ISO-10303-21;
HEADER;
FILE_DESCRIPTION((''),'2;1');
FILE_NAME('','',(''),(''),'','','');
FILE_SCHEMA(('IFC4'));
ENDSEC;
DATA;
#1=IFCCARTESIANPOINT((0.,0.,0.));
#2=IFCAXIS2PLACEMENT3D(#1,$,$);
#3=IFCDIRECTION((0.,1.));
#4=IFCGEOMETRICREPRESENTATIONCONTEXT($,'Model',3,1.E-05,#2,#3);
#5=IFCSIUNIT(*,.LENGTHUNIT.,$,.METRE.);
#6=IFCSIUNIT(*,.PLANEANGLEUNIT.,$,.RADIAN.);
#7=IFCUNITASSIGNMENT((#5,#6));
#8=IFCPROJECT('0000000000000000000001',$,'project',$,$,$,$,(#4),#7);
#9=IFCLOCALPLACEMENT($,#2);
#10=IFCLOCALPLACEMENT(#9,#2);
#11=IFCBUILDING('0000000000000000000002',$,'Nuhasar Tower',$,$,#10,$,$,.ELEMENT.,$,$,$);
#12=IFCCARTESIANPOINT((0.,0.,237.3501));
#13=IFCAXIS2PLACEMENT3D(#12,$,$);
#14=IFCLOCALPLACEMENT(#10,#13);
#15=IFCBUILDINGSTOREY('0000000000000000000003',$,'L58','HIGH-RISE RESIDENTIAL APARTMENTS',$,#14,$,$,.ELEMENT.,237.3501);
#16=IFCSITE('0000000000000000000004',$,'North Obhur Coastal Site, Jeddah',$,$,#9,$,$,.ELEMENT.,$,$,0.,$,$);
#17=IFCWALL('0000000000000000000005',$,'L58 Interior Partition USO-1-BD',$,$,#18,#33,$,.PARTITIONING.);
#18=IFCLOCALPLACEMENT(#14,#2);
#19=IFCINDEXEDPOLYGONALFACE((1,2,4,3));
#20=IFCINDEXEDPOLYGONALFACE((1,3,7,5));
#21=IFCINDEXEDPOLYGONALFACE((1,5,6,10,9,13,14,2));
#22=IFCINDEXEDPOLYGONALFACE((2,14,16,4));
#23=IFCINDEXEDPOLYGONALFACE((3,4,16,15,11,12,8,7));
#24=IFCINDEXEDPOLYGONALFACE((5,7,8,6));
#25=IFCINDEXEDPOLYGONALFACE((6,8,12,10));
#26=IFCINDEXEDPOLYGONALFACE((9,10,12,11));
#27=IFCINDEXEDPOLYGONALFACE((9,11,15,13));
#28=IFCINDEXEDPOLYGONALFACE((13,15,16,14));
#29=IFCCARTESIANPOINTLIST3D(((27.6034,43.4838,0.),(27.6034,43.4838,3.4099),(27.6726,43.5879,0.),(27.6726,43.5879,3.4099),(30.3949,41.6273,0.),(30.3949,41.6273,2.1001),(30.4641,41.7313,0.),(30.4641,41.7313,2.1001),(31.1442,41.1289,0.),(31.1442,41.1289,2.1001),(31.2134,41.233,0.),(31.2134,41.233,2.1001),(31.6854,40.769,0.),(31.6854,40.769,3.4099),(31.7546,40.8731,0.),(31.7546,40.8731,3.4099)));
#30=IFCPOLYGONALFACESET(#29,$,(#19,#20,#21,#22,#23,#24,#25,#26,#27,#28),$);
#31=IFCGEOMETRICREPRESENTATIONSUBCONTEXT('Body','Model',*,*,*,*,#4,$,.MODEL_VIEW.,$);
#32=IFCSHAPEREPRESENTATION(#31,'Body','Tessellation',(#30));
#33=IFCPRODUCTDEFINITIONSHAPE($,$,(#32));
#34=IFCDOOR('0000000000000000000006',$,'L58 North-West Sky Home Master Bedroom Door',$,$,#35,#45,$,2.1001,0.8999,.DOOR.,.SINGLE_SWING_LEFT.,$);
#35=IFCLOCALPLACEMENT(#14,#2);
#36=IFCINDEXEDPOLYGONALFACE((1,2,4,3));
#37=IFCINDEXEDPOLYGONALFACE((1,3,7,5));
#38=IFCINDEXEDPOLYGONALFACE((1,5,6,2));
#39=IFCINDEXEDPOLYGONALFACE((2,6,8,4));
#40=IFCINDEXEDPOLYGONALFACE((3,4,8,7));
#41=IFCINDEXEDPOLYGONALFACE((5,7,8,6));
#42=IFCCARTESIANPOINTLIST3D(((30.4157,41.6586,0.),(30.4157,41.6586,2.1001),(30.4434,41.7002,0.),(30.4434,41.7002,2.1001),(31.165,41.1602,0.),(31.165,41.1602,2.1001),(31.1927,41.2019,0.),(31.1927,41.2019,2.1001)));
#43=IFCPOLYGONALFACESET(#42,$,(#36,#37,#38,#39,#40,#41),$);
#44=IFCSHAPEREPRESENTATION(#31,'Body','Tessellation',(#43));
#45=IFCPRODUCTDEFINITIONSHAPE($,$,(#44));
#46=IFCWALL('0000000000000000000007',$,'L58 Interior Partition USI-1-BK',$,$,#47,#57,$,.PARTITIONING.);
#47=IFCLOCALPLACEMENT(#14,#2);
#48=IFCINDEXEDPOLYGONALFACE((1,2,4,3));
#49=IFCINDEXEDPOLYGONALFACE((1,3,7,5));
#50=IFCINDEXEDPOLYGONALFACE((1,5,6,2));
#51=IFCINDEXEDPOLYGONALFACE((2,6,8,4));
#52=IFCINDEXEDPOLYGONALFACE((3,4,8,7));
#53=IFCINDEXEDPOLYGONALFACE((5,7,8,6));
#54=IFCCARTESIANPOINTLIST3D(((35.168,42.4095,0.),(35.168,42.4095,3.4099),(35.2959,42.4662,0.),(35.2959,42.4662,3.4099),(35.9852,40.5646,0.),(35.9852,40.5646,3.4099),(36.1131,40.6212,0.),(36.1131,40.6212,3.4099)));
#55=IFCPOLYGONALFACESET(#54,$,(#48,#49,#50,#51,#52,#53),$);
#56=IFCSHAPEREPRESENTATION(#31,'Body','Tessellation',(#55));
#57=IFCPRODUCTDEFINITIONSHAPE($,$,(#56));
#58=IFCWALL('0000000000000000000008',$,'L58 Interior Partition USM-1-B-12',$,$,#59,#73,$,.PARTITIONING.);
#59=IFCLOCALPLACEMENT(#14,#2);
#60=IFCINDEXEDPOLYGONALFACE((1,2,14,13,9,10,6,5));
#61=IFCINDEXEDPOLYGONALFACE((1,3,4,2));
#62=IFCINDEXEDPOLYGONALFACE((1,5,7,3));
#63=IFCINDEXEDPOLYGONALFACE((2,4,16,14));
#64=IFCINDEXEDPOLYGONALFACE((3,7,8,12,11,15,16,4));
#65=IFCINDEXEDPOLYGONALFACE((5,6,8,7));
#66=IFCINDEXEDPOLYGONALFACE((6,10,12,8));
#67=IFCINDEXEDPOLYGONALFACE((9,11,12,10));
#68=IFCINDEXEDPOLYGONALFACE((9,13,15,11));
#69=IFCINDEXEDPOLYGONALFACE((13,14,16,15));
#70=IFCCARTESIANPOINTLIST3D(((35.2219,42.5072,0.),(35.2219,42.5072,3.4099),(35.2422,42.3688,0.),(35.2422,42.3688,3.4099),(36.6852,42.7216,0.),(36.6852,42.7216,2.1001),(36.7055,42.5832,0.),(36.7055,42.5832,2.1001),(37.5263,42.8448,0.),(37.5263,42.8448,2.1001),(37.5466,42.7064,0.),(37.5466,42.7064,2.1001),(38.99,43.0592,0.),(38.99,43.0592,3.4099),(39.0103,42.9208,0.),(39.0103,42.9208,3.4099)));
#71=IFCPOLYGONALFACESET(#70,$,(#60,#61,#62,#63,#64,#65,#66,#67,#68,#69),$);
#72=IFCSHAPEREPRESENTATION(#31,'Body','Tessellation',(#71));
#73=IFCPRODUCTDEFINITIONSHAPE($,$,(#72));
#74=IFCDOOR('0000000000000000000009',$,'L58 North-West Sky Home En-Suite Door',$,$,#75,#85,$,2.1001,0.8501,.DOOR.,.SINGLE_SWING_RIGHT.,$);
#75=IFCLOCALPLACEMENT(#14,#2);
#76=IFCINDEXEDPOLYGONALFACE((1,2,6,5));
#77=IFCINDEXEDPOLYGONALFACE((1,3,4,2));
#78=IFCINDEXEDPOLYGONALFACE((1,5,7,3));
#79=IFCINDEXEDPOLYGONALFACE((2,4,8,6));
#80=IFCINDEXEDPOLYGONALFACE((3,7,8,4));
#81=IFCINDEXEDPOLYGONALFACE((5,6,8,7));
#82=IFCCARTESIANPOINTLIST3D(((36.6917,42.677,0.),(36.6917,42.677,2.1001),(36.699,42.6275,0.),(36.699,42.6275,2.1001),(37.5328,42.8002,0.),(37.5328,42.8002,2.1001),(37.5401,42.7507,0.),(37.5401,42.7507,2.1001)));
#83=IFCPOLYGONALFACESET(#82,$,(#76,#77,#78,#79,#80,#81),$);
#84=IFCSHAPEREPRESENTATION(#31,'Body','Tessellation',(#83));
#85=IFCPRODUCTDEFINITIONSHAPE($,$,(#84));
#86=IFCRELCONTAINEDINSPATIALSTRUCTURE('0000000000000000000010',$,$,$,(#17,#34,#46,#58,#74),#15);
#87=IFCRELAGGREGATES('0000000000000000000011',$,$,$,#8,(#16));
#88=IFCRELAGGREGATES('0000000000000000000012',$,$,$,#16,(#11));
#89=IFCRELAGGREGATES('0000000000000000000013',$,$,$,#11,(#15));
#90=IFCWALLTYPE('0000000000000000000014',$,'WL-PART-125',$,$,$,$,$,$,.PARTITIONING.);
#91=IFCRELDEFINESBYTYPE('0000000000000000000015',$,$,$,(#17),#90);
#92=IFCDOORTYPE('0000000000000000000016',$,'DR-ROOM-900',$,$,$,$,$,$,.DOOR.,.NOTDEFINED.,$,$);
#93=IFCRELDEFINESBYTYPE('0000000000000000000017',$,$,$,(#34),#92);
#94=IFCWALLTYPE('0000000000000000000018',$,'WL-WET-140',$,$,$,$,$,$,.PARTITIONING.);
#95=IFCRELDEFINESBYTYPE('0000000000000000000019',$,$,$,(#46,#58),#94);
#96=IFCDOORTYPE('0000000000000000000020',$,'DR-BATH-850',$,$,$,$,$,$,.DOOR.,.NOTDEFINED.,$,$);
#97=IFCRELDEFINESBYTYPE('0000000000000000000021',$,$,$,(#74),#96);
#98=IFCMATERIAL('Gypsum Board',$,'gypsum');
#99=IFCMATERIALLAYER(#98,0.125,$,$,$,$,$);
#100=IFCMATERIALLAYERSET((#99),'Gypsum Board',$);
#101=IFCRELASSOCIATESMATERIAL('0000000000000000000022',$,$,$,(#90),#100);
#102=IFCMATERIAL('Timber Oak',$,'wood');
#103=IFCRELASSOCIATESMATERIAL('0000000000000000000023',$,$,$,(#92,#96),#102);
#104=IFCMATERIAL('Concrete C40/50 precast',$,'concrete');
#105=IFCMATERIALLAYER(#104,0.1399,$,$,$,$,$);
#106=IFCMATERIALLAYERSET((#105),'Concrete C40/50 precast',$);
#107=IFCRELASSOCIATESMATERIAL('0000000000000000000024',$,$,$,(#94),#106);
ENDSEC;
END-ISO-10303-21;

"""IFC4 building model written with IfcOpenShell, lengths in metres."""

from ifc_helpers import new_model, si_unit, direction, frame, frame_2d, origin, place, context, subcontext, project, spatial, rectangle, extrude, material, layer, layer_set, type_object, element, fill, save


model = new_model("IFC4")

# Units and contexts
model_context = context("Model", 3, precision=1e-05, world=origin(), true_north=direction((0.0, 1.0)))
body_context = subcontext(model_context, "Body", "Model", "MODEL_VIEW")
ifc_project = project(units=[si_unit("LENGTHUNIT", "METRE"), si_unit("PLANEANGLEUNIT", "RADIAN")], contexts=[model_context])

# Site, building, storey
site_placement = place(None, origin())
site = spatial("IfcSite", under=ifc_project, at=site_placement, Name="North Obhur Coastal Site, Jeddah", CompositionType="ELEMENT", RefElevation=0.0)
building_placement = place(site_placement, origin())
building = spatial("IfcBuilding", under=site, at=building_placement, Name="Nuhasar Tower", CompositionType="ELEMENT")
storey_placement = place(building_placement, frame((0.0, 0.0, 237.3501)))
storey = spatial("IfcBuildingStorey", under=building, at=storey_placement, Name="L58", Description="HIGH-RISE RESIDENTIAL APARTMENTS", CompositionType="ELEMENT", Elevation=237.3501)

# Shared definitions
ifc_material_1 = material(Name="Gypsum Board", Category="gypsum")

# Shared definitions
ifc_layer_1 = layer(ifc_material_1, 0.125)
ifc_layer_set_1 = layer_set([ifc_layer_1], Name="Gypsum Board")
wall_type_1 = type_object("IfcWallType", Name="WL-PART-125", PredefinedType="PARTITIONING", material=ifc_layer_set_1)
ifc_material_2 = material(Name="Timber Oak", Category="wood")
door_type_1 = type_object("IfcDoorType", Name="DR-ROOM-900", OperationType="NOTDEFINED", PredefinedType="DOOR", material=ifc_material_2)

# Wall, opening, door
wall_1_placement = place(storey_placement, frame((31.72, 40.821, 0.0), z_axis=(0.0, 0.0, 1.0), x_axis=(-0.832663, 0.55378, 0.0)))
wall_1 = element("IfcWall", 1, at=wall_1_placement, inside=storey, type_object=wall_type_1, Name="L58 Interior Partition USO-1-BD", PredefinedType="PARTITIONING", context=body_context, shape_type="SweptSolid", body=[
    extrude(rectangle(XDim=4.9023, YDim=0.125, at=frame_2d((2.4512, 0.0))), origin(), (0.0, 0.0, 1.0), 3.4099),
])
opening_1_placement = place(wall_1_placement, frame((0.6499, 0.0, 0.0)))
opening_1 = element("IfcOpeningElement", 2, at=opening_1_placement, cuts=wall_1, PredefinedType="OPENING", context=body_context, shape_type="SweptSolid", body=[
    extrude(rectangle(XDim=0.8999, YDim=2.1001, at=frame_2d((0.45, 1.05))), frame((0.0, 0.0725, 0.0), z_axis=(0.0, -1.0, 0.0), x_axis=(1.0, 0.0, 0.0)), (0.0, 0.0, 1.0), 0.145),
])
door_1_placement = place(opening_1_placement, origin())
door_1 = element("IfcDoor", 3, at=door_1_placement, inside=storey, type_object=door_type_1, Name="L58 North-West Sky Home Master Bedroom Door", OperationType="SINGLE_SWING_LEFT", OverallHeight=2.1001, OverallWidth=0.8999, PredefinedType="DOOR", context=body_context, shape_type="SweptSolid", body=[
    extrude(rectangle(XDim=0.8999, YDim=2.1001, at=frame_2d((0.45, 1.05))), frame((0.0, 0.0249, 0.0), z_axis=(0.0, -1.0, 0.0), x_axis=(1.0, 0.0, 0.0)), (0.0, 0.0, 1.0), 0.05),
])
fill(opening_1, door_1)

# Wall
ifc_material_3 = material(Name="Concrete C40/50 precast", Category="concrete")
ifc_layer_2 = layer(ifc_material_3, 0.1399)
ifc_layer_set_2 = layer_set([ifc_layer_2], Name="Concrete C40/50 precast")
wall_type_2 = type_object("IfcWallType", Name="WL-WET-140", PredefinedType="PARTITIONING", material=ifc_layer_set_2)
wall_2_placement = place(storey_placement, frame((36.0491, 40.593, 0.0), z_axis=(0.0, 0.0, 1.0), x_axis=(-0.404959, 0.914335, 0.0)))
element("IfcWall", 4, at=wall_2_placement, inside=storey, type_object=wall_type_2, Name="L58 Interior Partition USI-1-BK", PredefinedType="PARTITIONING", context=body_context, shape_type="SweptSolid", body=[
    extrude(rectangle(XDim=2.0178, YDim=0.1399, at=frame_2d((1.0088, 0.0))), origin(), (0.0, 0.0, 1.0), 3.4099),
])

# Wall, opening, door
wall_3_placement = place(storey_placement, frame((35.2319, 42.438, 0.0), z_axis=(0.0, 0.0, 1.0), x_axis=(0.989439, 0.144948, 0.0)))
wall_3 = element("IfcWall", 5, at=wall_3_placement, inside=storey, type_object=wall_type_2, Name="L58 Interior Partition USM-1-B-12", PredefinedType="PARTITIONING", context=body_context, shape_type="SweptSolid", body=[
    extrude(rectangle(XDim=3.8083, YDim=0.1399, at=frame_2d((1.9043, 0.0))), origin(), (0.0, 0.0, 1.0), 3.4099),
])
opening_2_placement = place(wall_3_placement, frame((1.479, 0.0, 0.0)))
opening_2 = element("IfcOpeningElement", 6, at=opening_2_placement, cuts=wall_3, PredefinedType="OPENING", context=body_context, shape_type="SweptSolid", body=[
    extrude(rectangle(XDim=0.8501, YDim=2.1001, at=frame_2d((0.425, 1.05))), frame((0.0, 0.0801, 0.0), z_axis=(0.0, -1.0, 0.0), x_axis=(1.0, 0.0, 0.0)), (0.0, 0.0, 1.0), 0.1599),
])
door_type_2 = type_object("IfcDoorType", Name="DR-BATH-850", OperationType="NOTDEFINED", PredefinedType="DOOR", material=ifc_material_2)
door_2_placement = place(opening_2_placement, origin())
door_2 = element("IfcDoor", 7, at=door_2_placement, inside=storey, type_object=door_type_2, Name="L58 North-West Sky Home En-Suite Door", OperationType="SINGLE_SWING_RIGHT", OverallHeight=2.1001, OverallWidth=0.8501, PredefinedType="DOOR", context=body_context, shape_type="SweptSolid", body=[
    extrude(rectangle(XDim=0.8501, YDim=2.1001, at=frame_2d((0.425, 1.05))), frame((0.0, 0.0249, 0.0), z_axis=(0.0, -1.0, 0.0), x_axis=(1.0, 0.0, 0.0)), (0.0, 0.0, 1.0), 0.05),
])
fill(opening_2, door_2)

save(model, "model.ifc")
